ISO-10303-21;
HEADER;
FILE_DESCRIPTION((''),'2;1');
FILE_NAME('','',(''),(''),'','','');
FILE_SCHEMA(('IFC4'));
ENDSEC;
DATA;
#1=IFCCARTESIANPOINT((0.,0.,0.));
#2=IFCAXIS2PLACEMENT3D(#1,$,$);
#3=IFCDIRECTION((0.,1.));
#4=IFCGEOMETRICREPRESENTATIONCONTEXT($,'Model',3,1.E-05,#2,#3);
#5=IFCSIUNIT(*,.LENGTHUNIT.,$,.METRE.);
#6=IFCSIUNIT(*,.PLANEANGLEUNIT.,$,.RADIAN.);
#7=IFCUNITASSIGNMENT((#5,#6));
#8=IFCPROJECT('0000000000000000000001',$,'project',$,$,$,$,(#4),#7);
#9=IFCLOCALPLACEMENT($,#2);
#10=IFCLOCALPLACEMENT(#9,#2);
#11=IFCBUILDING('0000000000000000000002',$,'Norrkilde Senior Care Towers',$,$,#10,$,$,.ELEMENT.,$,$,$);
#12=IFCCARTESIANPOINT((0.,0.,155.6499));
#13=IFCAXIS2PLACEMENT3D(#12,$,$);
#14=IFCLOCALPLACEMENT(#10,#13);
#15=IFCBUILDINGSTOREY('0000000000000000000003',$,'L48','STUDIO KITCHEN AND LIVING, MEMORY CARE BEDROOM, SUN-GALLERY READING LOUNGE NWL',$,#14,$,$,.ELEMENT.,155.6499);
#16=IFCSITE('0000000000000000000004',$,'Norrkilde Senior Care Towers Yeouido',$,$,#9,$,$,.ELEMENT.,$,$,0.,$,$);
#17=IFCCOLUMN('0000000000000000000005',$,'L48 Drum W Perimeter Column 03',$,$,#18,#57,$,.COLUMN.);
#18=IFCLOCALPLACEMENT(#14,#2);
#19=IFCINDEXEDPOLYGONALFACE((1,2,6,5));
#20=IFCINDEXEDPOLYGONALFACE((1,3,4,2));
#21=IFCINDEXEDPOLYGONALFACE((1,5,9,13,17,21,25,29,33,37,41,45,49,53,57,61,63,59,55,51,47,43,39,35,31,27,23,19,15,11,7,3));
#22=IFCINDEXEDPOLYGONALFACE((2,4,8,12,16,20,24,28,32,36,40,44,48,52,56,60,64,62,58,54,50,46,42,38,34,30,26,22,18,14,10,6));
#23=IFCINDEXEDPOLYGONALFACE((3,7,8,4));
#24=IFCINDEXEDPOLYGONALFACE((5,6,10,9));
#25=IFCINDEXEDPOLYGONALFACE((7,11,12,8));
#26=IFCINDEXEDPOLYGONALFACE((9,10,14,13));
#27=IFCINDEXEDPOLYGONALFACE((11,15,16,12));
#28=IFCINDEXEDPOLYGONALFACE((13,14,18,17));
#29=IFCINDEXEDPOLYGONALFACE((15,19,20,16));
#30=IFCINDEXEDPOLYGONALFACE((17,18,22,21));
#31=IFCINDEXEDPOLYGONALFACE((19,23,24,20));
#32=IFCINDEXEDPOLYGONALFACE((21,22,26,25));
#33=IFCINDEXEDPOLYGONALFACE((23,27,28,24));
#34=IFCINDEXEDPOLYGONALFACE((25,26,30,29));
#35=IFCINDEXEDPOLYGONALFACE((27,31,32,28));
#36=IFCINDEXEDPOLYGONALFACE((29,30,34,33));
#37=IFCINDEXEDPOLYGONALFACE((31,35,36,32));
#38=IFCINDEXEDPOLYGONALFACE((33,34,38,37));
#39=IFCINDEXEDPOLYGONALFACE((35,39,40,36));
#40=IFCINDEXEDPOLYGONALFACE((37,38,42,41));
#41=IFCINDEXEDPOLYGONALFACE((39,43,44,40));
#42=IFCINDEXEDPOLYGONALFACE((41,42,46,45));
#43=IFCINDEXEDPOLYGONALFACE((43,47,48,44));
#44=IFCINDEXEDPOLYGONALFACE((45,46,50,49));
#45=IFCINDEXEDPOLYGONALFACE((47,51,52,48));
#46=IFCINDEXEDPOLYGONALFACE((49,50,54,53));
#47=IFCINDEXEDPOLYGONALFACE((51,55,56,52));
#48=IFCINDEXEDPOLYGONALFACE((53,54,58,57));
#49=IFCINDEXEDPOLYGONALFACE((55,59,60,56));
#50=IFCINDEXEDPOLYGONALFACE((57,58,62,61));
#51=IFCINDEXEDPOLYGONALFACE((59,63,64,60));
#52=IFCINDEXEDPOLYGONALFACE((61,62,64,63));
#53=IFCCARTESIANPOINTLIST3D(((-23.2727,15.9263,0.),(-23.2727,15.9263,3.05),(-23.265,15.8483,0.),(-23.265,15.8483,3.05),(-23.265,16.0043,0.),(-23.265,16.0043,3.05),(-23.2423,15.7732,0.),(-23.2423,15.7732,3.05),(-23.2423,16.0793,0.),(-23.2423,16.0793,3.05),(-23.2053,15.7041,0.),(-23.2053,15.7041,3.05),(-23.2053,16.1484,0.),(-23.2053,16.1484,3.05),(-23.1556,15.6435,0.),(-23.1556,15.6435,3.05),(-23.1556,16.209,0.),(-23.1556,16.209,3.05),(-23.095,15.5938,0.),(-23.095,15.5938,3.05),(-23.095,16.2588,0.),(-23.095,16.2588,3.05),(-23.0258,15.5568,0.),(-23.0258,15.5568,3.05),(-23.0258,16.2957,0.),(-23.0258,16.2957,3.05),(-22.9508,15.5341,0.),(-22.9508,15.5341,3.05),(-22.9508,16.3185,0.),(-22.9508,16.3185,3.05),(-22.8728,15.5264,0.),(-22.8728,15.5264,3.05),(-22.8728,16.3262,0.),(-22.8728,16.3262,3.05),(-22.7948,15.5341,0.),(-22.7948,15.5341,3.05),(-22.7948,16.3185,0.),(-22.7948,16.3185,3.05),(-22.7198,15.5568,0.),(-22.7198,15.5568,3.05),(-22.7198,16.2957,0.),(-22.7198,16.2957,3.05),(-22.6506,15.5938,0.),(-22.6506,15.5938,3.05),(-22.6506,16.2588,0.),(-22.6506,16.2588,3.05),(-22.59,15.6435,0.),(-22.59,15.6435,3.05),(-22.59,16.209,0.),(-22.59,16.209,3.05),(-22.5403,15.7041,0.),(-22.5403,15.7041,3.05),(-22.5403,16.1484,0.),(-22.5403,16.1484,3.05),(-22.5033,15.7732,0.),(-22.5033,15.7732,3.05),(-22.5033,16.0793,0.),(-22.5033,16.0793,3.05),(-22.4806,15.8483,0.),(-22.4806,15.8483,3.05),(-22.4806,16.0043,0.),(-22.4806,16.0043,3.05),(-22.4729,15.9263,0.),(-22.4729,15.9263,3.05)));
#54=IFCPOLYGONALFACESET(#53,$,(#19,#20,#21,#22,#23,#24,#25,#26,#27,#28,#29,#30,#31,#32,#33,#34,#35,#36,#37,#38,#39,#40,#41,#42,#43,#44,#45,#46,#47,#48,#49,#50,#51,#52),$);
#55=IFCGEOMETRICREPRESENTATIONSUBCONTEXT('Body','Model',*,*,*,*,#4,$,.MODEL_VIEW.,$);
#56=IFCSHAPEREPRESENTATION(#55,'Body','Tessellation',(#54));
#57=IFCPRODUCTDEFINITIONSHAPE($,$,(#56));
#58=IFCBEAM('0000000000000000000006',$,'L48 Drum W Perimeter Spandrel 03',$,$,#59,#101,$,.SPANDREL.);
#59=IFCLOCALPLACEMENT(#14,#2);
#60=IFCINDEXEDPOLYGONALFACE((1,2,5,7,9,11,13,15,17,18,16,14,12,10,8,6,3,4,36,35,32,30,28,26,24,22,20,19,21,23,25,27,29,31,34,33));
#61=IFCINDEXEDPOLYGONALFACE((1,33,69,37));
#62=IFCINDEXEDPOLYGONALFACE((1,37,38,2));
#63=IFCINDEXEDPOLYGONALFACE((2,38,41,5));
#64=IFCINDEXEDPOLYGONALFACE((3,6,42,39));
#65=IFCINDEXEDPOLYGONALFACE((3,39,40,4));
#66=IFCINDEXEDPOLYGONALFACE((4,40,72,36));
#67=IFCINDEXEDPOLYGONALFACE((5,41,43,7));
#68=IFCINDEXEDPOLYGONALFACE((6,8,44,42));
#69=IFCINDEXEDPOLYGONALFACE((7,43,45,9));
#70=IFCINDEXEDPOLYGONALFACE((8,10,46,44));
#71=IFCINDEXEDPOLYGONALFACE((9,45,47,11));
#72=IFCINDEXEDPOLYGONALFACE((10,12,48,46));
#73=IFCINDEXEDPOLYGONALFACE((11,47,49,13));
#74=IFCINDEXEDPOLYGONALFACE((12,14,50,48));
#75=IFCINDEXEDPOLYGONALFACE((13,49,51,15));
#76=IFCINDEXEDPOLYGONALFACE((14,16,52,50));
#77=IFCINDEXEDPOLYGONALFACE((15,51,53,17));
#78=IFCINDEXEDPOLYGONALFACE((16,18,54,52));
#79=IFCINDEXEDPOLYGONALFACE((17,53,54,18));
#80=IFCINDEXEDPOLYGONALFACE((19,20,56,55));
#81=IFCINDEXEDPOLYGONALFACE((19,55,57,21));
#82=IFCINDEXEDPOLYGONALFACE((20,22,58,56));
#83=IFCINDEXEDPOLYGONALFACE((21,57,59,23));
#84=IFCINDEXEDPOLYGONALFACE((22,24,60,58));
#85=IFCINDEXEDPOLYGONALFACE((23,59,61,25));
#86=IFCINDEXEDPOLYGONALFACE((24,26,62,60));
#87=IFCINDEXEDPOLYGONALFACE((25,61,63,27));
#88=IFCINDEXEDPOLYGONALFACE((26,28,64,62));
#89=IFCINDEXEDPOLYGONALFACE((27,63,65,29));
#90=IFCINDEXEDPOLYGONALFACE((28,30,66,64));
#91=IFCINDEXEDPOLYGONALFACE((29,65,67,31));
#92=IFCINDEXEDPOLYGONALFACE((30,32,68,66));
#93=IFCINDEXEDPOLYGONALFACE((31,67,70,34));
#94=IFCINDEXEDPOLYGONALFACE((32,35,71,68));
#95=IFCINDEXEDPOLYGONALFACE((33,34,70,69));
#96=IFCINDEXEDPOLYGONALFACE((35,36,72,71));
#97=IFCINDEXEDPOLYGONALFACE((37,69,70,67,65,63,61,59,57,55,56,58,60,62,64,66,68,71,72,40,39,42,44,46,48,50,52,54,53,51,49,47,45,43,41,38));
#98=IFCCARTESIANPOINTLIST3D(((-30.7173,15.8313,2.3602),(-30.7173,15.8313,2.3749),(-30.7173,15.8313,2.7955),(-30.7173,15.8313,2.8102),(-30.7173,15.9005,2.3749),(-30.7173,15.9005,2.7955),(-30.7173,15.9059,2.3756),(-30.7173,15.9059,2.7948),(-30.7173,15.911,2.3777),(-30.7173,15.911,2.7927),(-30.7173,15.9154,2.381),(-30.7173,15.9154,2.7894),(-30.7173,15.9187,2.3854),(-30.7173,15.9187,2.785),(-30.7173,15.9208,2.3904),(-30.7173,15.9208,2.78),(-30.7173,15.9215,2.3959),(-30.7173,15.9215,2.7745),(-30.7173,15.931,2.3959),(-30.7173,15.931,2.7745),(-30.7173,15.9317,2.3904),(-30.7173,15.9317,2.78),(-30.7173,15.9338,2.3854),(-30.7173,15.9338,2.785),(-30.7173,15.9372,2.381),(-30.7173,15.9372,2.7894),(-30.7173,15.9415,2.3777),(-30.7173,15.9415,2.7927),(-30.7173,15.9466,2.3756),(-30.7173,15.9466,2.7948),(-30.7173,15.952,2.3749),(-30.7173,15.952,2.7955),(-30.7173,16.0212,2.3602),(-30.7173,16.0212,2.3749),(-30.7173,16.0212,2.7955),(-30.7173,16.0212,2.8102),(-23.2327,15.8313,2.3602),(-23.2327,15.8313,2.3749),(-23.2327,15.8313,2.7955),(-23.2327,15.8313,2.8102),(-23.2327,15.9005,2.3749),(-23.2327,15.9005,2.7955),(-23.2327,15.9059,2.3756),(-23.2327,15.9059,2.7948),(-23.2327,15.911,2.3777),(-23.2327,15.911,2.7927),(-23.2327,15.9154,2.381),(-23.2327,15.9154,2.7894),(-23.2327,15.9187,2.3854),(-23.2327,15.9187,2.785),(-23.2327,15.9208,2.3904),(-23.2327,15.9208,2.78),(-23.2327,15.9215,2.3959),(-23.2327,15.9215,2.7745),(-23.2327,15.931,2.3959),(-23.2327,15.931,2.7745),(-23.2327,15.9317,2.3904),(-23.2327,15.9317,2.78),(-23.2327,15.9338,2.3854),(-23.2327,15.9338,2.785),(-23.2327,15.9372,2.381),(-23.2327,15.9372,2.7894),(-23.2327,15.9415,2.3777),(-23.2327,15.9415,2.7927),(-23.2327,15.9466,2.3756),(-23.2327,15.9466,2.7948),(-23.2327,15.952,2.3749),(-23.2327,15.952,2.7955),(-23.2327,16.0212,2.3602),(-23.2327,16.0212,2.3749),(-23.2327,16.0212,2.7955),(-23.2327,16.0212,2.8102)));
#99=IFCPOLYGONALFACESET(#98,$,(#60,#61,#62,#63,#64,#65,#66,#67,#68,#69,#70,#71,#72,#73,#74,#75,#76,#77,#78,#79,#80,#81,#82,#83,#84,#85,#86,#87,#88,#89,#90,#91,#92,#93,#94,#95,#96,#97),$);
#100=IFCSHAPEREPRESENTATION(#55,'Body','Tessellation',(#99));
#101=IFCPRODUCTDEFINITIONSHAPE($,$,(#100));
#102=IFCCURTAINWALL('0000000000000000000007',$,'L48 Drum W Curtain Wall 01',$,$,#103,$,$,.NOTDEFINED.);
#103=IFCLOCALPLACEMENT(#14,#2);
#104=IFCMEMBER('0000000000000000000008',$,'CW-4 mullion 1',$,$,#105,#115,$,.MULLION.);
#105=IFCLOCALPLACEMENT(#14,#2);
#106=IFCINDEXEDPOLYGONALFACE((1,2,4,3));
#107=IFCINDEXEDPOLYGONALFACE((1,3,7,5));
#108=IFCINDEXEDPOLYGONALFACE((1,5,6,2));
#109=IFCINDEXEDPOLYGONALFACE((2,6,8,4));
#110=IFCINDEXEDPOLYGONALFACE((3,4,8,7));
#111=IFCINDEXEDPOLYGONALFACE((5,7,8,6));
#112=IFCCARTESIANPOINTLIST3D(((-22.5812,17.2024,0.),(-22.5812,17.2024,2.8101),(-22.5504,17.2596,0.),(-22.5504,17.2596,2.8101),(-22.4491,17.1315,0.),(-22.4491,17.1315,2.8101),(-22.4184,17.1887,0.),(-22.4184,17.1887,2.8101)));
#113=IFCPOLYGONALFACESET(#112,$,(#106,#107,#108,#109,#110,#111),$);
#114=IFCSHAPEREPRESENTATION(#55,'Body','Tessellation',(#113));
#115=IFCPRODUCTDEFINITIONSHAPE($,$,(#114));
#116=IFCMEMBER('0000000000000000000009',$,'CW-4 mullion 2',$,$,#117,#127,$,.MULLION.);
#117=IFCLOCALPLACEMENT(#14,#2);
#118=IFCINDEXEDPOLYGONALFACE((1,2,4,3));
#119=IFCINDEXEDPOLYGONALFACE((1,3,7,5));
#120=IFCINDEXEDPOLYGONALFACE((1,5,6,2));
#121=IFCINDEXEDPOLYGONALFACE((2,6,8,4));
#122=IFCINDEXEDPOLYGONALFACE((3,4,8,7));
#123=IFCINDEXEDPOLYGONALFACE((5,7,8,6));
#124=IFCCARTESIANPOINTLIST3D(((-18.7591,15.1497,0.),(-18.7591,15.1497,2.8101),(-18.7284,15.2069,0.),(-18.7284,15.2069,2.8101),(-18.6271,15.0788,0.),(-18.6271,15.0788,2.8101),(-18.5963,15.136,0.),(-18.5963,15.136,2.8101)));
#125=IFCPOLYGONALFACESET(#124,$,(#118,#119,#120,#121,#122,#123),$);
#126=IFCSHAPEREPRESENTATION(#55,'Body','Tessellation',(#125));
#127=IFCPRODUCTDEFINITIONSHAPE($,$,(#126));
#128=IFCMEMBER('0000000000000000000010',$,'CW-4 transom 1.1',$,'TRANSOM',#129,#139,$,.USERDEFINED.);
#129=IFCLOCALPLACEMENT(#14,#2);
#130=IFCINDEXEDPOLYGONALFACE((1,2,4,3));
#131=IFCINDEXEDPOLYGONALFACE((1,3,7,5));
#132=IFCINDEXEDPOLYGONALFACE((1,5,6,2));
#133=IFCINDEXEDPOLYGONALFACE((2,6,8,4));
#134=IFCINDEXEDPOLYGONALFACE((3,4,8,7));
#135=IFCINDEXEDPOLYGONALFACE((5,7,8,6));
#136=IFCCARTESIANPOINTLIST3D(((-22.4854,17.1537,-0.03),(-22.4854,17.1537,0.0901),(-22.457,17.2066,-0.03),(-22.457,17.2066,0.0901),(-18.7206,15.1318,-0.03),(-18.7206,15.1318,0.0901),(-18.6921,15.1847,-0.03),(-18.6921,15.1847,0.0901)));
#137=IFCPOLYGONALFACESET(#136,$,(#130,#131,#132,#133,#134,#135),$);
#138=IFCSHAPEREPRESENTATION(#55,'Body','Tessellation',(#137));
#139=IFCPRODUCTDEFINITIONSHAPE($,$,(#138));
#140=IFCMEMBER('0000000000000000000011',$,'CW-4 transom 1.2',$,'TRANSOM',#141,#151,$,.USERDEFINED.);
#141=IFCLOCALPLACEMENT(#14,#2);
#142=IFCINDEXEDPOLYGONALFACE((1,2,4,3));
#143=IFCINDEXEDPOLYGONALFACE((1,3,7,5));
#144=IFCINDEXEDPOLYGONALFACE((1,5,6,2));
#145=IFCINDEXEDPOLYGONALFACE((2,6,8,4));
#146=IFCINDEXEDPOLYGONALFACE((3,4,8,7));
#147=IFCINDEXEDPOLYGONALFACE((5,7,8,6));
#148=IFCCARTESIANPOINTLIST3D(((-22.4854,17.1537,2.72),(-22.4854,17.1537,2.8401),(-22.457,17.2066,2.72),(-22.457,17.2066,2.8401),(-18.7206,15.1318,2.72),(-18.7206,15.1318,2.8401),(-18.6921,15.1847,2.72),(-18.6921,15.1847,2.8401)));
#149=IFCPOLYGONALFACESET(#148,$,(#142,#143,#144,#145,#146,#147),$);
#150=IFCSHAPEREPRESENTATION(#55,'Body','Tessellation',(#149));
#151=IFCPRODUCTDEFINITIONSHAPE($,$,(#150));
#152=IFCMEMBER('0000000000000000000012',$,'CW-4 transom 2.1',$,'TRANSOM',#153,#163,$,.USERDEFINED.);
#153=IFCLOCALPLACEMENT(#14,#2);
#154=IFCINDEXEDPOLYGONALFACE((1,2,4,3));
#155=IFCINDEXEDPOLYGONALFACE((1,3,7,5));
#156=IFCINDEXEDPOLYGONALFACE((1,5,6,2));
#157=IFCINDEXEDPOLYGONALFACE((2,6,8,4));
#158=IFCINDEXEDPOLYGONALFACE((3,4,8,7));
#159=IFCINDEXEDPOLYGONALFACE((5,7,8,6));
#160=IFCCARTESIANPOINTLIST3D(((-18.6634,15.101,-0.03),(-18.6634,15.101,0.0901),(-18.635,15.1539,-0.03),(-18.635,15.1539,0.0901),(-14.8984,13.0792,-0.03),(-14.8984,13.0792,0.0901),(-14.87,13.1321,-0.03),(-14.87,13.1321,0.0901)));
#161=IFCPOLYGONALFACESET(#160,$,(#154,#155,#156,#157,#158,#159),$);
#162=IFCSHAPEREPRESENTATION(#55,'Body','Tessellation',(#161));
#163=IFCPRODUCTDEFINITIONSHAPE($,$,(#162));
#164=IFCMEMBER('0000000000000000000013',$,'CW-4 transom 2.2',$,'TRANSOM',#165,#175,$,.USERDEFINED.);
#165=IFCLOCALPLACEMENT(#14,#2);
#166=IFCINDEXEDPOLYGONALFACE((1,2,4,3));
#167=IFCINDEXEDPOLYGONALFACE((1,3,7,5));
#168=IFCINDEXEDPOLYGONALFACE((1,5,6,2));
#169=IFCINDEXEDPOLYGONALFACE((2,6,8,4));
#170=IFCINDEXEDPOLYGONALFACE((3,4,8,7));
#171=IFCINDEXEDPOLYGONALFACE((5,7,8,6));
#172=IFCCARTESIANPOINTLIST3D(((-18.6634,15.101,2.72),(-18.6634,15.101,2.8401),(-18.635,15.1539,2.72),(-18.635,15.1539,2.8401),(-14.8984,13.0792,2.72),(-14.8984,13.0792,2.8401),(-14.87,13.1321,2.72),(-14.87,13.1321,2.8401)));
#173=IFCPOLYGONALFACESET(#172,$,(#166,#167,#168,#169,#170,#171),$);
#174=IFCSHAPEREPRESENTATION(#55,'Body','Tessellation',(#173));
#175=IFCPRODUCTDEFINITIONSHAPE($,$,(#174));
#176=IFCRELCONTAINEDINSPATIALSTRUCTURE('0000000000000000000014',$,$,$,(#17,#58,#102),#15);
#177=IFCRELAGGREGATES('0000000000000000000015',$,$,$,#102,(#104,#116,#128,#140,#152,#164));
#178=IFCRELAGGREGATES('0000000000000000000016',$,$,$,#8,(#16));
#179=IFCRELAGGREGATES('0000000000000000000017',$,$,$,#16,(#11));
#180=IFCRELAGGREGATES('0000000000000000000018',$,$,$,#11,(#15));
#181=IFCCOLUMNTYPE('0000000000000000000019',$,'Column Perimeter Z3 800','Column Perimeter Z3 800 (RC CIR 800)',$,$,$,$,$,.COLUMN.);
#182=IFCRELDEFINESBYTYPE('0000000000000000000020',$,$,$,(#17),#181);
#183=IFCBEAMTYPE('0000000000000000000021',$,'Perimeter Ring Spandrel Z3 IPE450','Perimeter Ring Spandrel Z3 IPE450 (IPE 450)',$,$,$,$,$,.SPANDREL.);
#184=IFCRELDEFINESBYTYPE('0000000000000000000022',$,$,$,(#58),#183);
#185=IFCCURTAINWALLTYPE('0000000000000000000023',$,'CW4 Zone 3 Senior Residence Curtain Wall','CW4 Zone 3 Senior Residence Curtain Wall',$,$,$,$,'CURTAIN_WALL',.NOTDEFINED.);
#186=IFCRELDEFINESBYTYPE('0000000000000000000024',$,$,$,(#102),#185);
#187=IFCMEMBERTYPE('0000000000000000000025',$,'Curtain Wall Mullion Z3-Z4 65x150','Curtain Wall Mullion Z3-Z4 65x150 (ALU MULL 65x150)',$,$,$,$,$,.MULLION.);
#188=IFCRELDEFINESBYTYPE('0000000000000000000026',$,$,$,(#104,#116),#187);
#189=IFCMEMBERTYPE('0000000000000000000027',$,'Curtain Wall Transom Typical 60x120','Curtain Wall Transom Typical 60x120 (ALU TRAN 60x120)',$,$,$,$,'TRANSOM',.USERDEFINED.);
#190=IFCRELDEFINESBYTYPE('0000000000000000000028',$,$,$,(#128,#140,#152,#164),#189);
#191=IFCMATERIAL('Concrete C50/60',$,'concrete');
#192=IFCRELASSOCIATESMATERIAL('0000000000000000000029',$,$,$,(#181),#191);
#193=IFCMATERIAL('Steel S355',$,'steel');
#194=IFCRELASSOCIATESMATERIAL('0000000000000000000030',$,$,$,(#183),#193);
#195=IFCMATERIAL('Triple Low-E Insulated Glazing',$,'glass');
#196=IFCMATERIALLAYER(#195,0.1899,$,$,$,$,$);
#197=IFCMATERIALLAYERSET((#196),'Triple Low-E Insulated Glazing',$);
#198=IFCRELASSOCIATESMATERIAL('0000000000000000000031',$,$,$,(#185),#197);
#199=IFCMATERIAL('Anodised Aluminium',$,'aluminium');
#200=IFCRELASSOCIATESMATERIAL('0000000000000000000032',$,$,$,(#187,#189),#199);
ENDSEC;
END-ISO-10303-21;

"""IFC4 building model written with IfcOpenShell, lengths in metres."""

from ifc_helpers import new_model, si_unit, direction, frame, origin, origin_2d, place, context, subcontext, project, spatial, rectangle, circle, i_section, extrude, source, transform, mapped, material, layer, layer_set, material_profile, profile_set, type_object, type_shapes, element, aggregate, save


model = new_model("IFC4")

# Units and contexts
model_context = context("Model", 3, precision=1e-05, world=origin(), true_north=direction((0.0, 1.0)))
body_context = subcontext(model_context, "Body", "Model", "MODEL_VIEW")
ifc_project = project(units=[si_unit("LENGTHUNIT", "METRE"), si_unit("PLANEANGLEUNIT", "RADIAN")], contexts=[model_context])

# Site, building, storey
site_placement = place(None, origin())
site = spatial("IfcSite", under=ifc_project, at=site_placement, Name="Norrkilde Senior Care Towers Yeouido", CompositionType="ELEMENT", RefElevation=0.0)
building_placement = place(site_placement, origin())
building = spatial("IfcBuilding", under=site, at=building_placement, Name="Norrkilde Senior Care Towers", CompositionType="ELEMENT")
storey_placement = place(building_placement, frame((0.0, 0.0, 155.6499)))
storey = spatial("IfcBuildingStorey", under=building, at=storey_placement, Name="L48", Description="STUDIO KITCHEN AND LIVING, MEMORY CARE BEDROOM, SUN-GALLERY READING LOUNGE NWL", CompositionType="ELEMENT", Elevation=155.6499)

# Column
ifc_material_1 = material(Name="Concrete C50/60", Category="concrete")
ifc_material_profile_1 = material_profile(ifc_material_1, circle(Radius=0.3999, at=origin_2d()), Name="RC CIR 800")
ifc_profile_set_1 = profile_set([ifc_material_profile_1], Name="Concrete C50/60")
column_type = type_object("IfcColumnType", Name="Column Perimeter Z3 800", Description="Column Perimeter Z3 800 (RC CIR 800)", PredefinedType="COLUMN", material=ifc_profile_set_1)
shared_shape_1 = source(origin(), body_context, "Body", "SweptSolid", [
    extrude(circle(Radius=0.3999, at=origin_2d()), origin(), (0.0, 0.0, 1.0), 3.05),
])
type_shapes(column_type, [shared_shape_1])
column_placement = place(storey_placement, frame((-22.8728, 15.9263, 0.0), z_axis=(0.0, 0.0, 1.0), x_axis=(1.0, 0.0, 0.0)))
element("IfcColumn", 1, at=column_placement, inside=storey, type_object=column_type, Name="L48 Drum W Perimeter Column 03", PredefinedType="COLUMN", context=body_context, shape_type="MappedRepresentation", body=[
    mapped(shared_shape_1, transform((0.0, 0.0, 0.0), x_axis=(1.0, 0.0, 0.0), y_axis=(0.0, 1.0, 0.0), z_axis=(0.0, 0.0, 1.0), scale=1.0)),
])

# Beam
ifc_material_2 = material(Name="Steel S355", Category="steel")
ifc_material_profile_2 = material_profile(ifc_material_2, i_section(OverallWidth=0.1899, OverallDepth=0.45, WebThickness=0.0095, FlangeThickness=0.0146, FilletRadius=0.021, at=origin_2d()), Name="IPE 450")
ifc_profile_set_2 = profile_set([ifc_material_profile_2], Name="Steel S355")
beam_type = type_object("IfcBeamType", Name="Perimeter Ring Spandrel Z3 IPE450", Description="Perimeter Ring Spandrel Z3 IPE450 (IPE 450)", PredefinedType="SPANDREL", material=ifc_profile_set_2)
shared_shape_2 = source(origin(), body_context, "Body", "SweptSolid", [
    extrude(i_section(OverallWidth=0.1899, OverallDepth=0.45, WebThickness=0.0095, FlangeThickness=0.0146, FilletRadius=0.021, at=origin_2d()), origin(), (0.0, 0.0, 1.0), 7.4846),
])
type_shapes(beam_type, [shared_shape_2])
beam_placement = place(storey_placement, frame((-23.2327, 15.9263, 2.5852), z_axis=(-1.0, 0.0, 0.0), x_axis=(0.0, -1.0, 0.0)))
element("IfcBeam", 2, at=beam_placement, inside=storey, type_object=beam_type, Name="L48 Drum W Perimeter Spandrel 03", PredefinedType="SPANDREL", context=body_context, shape_type="MappedRepresentation", body=[
    mapped(shared_shape_2, transform((0.0, 0.0, 0.0), x_axis=(1.0, 0.0, 0.0), y_axis=(0.0, 1.0, 0.0), z_axis=(0.0, 0.0, 1.0), scale=1.0)),
])

# Curtain wall, members
ifc_material_3 = material(Name="Triple Low-E Insulated Glazing", Category="glass")
ifc_layer_1 = layer(ifc_material_3, 0.1899)
ifc_layer_set_1 = layer_set([ifc_layer_1], Name="Triple Low-E Insulated Glazing")
curtain_wall_type = type_object("IfcCurtainWallType", Name="CW4 Zone 3 Senior Residence Curtain Wall", Description="CW4 Zone 3 Senior Residence Curtain Wall", ElementType="CURTAIN_WALL", PredefinedType="NOTDEFINED", material=ifc_layer_set_1)
curtain_wall_placement = place(storey_placement, origin())
curtain_wall = element("IfcCurtainWall", 3, at=curtain_wall_placement, inside=storey, type_object=curtain_wall_type, Name="L48 Drum W Curtain Wall 01", PredefinedType="NOTDEFINED")
ifc_material_4 = material(Name="Anodised Aluminium", Category="aluminium")
ifc_material_profile_3 = material_profile(ifc_material_4, rectangle(XDim=0.0649, YDim=0.1499, at=origin_2d()), Name="ALU MULL 65x150")
ifc_profile_set_3 = profile_set([ifc_material_profile_3], Name="Anodised Aluminium")
member_type_1 = type_object("IfcMemberType", Name="Curtain Wall Mullion Z3-Z4 65x150", Description="Curtain Wall Mullion Z3-Z4 65x150 (ALU MULL 65x150)", PredefinedType="MULLION", material=ifc_profile_set_3)
shared_shape_3 = source(origin(), body_context, "Body", "SweptSolid", [
    extrude(rectangle(XDim=0.0649, YDim=0.1499, at=origin_2d()), origin(), (0.0, 0.0, 1.0), 2.8101),
])
type_shapes(member_type_1, [shared_shape_3])
member_1_placement = place(storey_placement, frame((-22.4998, 17.1956, 0.0), z_axis=(0.0, 0.0, 1.0), x_axis=(0.473117, 0.881, 0.0)))
member_1 = element("IfcMember", 4, at=member_1_placement, type_object=member_type_1, Name="CW-4 mullion 1", PredefinedType="MULLION", context=body_context, shape_type="MappedRepresentation", body=[
    mapped(shared_shape_3, transform((0.0, 0.0, 0.0), x_axis=(1.0, 0.0, 0.0), y_axis=(0.0, 1.0, 0.0), z_axis=(0.0, 0.0, 1.0), scale=1.0)),
])
member_2_placement = place(storey_placement, frame((-18.6777, 15.1428, 0.0), z_axis=(0.0, 0.0, 1.0), x_axis=(0.473117, 0.881, 0.0)))
member_2 = element("IfcMember", 5, at=member_2_placement, type_object=member_type_1, Name="CW-4 mullion 2", PredefinedType="MULLION", context=body_context, shape_type="MappedRepresentation", body=[
    mapped(shared_shape_3, transform((0.0, 0.0, 0.0), x_axis=(1.0, 0.0, 0.0), y_axis=(0.0, 1.0, 0.0), z_axis=(0.0, 0.0, 1.0), scale=1.0)),
])
ifc_material_profile_4 = material_profile(ifc_material_4, rectangle(XDim=0.0601, YDim=0.1201, at=origin_2d()), Name="ALU TRAN 60x120")
ifc_profile_set_4 = profile_set([ifc_material_profile_4], Name="Anodised Aluminium")
member_type_2 = type_object("IfcMemberType", Name="Curtain Wall Transom Typical 60x120", Description="Curtain Wall Transom Typical 60x120 (ALU TRAN 60x120)", ElementType="TRANSOM", PredefinedType="USERDEFINED", material=ifc_profile_set_4)
shared_shape_4 = source(origin(), body_context, "Body", "SweptSolid", [
    extrude(rectangle(XDim=0.0601, YDim=0.1201, at=origin_2d()), origin(), (0.0, 0.0, 1.0), 4.2734),
])
type_shapes(member_type_2, [shared_shape_4])
member_3_placement = place(storey_placement, frame((-22.4712, 17.1802, 0.03), z_axis=(0.880986, -0.473142, 0.0), x_axis=(0.473142, 0.880986, 0.0)))
member_3 = element("IfcMember", 6, at=member_3_placement, type_object=member_type_2, Name="CW-4 transom 1.1", ObjectType="TRANSOM", PredefinedType="USERDEFINED", context=body_context, shape_type="MappedRepresentation", body=[
    mapped(shared_shape_4, transform((0.0, 0.0, 0.0), x_axis=(1.0, 0.0, 0.0), y_axis=(0.0, 1.0, 0.0), z_axis=(0.0, 0.0, 1.0), scale=1.0)),
])
member_4_placement = place(storey_placement, frame((-22.4712, 17.1802, 2.78), z_axis=(0.880986, -0.473142, 0.0), x_axis=(0.473142, 0.880986, 0.0)))
member_4 = element("IfcMember", 7, at=member_4_placement, type_object=member_type_2, Name="CW-4 transom 1.2", ObjectType="TRANSOM", PredefinedType="USERDEFINED", context=body_context, shape_type="MappedRepresentation", body=[
    mapped(shared_shape_4, transform((0.0, 0.0, 0.0), x_axis=(1.0, 0.0, 0.0), y_axis=(0.0, 1.0, 0.0), z_axis=(0.0, 0.0, 1.0), scale=1.0)),
])
member_5_placement = place(storey_placement, frame((-18.6492, 15.1274, 0.03), z_axis=(0.88101, -0.473098, 0.0), x_axis=(0.473098, 0.88101, 0.0)))
member_5 = element("IfcMember", 8, at=member_5_placement, type_object=member_type_2, Name="CW-4 transom 2.1", ObjectType="TRANSOM", PredefinedType="USERDEFINED", context=body_context, shape_type="MappedRepresentation", body=[
    mapped(shared_shape_4, transform((0.0, 0.0, 0.0), x_axis=(1.0, 0.0, 0.0), y_axis=(0.0, 1.0, 0.0), z_axis=(0.0, 0.0, 1.0), scale=1.0)),
])
member_6_placement = place(storey_placement, frame((-18.6492, 15.1274, 2.78), z_axis=(0.88101, -0.473098, 0.0), x_axis=(0.473098, 0.88101, 0.0)))
member_6 = element("IfcMember", 9, at=member_6_placement, type_object=member_type_2, Name="CW-4 transom 2.2", ObjectType="TRANSOM", PredefinedType="USERDEFINED", context=body_context, shape_type="MappedRepresentation", body=[
    mapped(shared_shape_4, transform((0.0, 0.0, 0.0), x_axis=(1.0, 0.0, 0.0), y_axis=(0.0, 1.0, 0.0), z_axis=(0.0, 0.0, 1.0), scale=1.0)),
])
aggregate(curtain_wall, [member_1, member_2, member_3, member_4, member_5, member_6])

save(model, "model.ifc")
